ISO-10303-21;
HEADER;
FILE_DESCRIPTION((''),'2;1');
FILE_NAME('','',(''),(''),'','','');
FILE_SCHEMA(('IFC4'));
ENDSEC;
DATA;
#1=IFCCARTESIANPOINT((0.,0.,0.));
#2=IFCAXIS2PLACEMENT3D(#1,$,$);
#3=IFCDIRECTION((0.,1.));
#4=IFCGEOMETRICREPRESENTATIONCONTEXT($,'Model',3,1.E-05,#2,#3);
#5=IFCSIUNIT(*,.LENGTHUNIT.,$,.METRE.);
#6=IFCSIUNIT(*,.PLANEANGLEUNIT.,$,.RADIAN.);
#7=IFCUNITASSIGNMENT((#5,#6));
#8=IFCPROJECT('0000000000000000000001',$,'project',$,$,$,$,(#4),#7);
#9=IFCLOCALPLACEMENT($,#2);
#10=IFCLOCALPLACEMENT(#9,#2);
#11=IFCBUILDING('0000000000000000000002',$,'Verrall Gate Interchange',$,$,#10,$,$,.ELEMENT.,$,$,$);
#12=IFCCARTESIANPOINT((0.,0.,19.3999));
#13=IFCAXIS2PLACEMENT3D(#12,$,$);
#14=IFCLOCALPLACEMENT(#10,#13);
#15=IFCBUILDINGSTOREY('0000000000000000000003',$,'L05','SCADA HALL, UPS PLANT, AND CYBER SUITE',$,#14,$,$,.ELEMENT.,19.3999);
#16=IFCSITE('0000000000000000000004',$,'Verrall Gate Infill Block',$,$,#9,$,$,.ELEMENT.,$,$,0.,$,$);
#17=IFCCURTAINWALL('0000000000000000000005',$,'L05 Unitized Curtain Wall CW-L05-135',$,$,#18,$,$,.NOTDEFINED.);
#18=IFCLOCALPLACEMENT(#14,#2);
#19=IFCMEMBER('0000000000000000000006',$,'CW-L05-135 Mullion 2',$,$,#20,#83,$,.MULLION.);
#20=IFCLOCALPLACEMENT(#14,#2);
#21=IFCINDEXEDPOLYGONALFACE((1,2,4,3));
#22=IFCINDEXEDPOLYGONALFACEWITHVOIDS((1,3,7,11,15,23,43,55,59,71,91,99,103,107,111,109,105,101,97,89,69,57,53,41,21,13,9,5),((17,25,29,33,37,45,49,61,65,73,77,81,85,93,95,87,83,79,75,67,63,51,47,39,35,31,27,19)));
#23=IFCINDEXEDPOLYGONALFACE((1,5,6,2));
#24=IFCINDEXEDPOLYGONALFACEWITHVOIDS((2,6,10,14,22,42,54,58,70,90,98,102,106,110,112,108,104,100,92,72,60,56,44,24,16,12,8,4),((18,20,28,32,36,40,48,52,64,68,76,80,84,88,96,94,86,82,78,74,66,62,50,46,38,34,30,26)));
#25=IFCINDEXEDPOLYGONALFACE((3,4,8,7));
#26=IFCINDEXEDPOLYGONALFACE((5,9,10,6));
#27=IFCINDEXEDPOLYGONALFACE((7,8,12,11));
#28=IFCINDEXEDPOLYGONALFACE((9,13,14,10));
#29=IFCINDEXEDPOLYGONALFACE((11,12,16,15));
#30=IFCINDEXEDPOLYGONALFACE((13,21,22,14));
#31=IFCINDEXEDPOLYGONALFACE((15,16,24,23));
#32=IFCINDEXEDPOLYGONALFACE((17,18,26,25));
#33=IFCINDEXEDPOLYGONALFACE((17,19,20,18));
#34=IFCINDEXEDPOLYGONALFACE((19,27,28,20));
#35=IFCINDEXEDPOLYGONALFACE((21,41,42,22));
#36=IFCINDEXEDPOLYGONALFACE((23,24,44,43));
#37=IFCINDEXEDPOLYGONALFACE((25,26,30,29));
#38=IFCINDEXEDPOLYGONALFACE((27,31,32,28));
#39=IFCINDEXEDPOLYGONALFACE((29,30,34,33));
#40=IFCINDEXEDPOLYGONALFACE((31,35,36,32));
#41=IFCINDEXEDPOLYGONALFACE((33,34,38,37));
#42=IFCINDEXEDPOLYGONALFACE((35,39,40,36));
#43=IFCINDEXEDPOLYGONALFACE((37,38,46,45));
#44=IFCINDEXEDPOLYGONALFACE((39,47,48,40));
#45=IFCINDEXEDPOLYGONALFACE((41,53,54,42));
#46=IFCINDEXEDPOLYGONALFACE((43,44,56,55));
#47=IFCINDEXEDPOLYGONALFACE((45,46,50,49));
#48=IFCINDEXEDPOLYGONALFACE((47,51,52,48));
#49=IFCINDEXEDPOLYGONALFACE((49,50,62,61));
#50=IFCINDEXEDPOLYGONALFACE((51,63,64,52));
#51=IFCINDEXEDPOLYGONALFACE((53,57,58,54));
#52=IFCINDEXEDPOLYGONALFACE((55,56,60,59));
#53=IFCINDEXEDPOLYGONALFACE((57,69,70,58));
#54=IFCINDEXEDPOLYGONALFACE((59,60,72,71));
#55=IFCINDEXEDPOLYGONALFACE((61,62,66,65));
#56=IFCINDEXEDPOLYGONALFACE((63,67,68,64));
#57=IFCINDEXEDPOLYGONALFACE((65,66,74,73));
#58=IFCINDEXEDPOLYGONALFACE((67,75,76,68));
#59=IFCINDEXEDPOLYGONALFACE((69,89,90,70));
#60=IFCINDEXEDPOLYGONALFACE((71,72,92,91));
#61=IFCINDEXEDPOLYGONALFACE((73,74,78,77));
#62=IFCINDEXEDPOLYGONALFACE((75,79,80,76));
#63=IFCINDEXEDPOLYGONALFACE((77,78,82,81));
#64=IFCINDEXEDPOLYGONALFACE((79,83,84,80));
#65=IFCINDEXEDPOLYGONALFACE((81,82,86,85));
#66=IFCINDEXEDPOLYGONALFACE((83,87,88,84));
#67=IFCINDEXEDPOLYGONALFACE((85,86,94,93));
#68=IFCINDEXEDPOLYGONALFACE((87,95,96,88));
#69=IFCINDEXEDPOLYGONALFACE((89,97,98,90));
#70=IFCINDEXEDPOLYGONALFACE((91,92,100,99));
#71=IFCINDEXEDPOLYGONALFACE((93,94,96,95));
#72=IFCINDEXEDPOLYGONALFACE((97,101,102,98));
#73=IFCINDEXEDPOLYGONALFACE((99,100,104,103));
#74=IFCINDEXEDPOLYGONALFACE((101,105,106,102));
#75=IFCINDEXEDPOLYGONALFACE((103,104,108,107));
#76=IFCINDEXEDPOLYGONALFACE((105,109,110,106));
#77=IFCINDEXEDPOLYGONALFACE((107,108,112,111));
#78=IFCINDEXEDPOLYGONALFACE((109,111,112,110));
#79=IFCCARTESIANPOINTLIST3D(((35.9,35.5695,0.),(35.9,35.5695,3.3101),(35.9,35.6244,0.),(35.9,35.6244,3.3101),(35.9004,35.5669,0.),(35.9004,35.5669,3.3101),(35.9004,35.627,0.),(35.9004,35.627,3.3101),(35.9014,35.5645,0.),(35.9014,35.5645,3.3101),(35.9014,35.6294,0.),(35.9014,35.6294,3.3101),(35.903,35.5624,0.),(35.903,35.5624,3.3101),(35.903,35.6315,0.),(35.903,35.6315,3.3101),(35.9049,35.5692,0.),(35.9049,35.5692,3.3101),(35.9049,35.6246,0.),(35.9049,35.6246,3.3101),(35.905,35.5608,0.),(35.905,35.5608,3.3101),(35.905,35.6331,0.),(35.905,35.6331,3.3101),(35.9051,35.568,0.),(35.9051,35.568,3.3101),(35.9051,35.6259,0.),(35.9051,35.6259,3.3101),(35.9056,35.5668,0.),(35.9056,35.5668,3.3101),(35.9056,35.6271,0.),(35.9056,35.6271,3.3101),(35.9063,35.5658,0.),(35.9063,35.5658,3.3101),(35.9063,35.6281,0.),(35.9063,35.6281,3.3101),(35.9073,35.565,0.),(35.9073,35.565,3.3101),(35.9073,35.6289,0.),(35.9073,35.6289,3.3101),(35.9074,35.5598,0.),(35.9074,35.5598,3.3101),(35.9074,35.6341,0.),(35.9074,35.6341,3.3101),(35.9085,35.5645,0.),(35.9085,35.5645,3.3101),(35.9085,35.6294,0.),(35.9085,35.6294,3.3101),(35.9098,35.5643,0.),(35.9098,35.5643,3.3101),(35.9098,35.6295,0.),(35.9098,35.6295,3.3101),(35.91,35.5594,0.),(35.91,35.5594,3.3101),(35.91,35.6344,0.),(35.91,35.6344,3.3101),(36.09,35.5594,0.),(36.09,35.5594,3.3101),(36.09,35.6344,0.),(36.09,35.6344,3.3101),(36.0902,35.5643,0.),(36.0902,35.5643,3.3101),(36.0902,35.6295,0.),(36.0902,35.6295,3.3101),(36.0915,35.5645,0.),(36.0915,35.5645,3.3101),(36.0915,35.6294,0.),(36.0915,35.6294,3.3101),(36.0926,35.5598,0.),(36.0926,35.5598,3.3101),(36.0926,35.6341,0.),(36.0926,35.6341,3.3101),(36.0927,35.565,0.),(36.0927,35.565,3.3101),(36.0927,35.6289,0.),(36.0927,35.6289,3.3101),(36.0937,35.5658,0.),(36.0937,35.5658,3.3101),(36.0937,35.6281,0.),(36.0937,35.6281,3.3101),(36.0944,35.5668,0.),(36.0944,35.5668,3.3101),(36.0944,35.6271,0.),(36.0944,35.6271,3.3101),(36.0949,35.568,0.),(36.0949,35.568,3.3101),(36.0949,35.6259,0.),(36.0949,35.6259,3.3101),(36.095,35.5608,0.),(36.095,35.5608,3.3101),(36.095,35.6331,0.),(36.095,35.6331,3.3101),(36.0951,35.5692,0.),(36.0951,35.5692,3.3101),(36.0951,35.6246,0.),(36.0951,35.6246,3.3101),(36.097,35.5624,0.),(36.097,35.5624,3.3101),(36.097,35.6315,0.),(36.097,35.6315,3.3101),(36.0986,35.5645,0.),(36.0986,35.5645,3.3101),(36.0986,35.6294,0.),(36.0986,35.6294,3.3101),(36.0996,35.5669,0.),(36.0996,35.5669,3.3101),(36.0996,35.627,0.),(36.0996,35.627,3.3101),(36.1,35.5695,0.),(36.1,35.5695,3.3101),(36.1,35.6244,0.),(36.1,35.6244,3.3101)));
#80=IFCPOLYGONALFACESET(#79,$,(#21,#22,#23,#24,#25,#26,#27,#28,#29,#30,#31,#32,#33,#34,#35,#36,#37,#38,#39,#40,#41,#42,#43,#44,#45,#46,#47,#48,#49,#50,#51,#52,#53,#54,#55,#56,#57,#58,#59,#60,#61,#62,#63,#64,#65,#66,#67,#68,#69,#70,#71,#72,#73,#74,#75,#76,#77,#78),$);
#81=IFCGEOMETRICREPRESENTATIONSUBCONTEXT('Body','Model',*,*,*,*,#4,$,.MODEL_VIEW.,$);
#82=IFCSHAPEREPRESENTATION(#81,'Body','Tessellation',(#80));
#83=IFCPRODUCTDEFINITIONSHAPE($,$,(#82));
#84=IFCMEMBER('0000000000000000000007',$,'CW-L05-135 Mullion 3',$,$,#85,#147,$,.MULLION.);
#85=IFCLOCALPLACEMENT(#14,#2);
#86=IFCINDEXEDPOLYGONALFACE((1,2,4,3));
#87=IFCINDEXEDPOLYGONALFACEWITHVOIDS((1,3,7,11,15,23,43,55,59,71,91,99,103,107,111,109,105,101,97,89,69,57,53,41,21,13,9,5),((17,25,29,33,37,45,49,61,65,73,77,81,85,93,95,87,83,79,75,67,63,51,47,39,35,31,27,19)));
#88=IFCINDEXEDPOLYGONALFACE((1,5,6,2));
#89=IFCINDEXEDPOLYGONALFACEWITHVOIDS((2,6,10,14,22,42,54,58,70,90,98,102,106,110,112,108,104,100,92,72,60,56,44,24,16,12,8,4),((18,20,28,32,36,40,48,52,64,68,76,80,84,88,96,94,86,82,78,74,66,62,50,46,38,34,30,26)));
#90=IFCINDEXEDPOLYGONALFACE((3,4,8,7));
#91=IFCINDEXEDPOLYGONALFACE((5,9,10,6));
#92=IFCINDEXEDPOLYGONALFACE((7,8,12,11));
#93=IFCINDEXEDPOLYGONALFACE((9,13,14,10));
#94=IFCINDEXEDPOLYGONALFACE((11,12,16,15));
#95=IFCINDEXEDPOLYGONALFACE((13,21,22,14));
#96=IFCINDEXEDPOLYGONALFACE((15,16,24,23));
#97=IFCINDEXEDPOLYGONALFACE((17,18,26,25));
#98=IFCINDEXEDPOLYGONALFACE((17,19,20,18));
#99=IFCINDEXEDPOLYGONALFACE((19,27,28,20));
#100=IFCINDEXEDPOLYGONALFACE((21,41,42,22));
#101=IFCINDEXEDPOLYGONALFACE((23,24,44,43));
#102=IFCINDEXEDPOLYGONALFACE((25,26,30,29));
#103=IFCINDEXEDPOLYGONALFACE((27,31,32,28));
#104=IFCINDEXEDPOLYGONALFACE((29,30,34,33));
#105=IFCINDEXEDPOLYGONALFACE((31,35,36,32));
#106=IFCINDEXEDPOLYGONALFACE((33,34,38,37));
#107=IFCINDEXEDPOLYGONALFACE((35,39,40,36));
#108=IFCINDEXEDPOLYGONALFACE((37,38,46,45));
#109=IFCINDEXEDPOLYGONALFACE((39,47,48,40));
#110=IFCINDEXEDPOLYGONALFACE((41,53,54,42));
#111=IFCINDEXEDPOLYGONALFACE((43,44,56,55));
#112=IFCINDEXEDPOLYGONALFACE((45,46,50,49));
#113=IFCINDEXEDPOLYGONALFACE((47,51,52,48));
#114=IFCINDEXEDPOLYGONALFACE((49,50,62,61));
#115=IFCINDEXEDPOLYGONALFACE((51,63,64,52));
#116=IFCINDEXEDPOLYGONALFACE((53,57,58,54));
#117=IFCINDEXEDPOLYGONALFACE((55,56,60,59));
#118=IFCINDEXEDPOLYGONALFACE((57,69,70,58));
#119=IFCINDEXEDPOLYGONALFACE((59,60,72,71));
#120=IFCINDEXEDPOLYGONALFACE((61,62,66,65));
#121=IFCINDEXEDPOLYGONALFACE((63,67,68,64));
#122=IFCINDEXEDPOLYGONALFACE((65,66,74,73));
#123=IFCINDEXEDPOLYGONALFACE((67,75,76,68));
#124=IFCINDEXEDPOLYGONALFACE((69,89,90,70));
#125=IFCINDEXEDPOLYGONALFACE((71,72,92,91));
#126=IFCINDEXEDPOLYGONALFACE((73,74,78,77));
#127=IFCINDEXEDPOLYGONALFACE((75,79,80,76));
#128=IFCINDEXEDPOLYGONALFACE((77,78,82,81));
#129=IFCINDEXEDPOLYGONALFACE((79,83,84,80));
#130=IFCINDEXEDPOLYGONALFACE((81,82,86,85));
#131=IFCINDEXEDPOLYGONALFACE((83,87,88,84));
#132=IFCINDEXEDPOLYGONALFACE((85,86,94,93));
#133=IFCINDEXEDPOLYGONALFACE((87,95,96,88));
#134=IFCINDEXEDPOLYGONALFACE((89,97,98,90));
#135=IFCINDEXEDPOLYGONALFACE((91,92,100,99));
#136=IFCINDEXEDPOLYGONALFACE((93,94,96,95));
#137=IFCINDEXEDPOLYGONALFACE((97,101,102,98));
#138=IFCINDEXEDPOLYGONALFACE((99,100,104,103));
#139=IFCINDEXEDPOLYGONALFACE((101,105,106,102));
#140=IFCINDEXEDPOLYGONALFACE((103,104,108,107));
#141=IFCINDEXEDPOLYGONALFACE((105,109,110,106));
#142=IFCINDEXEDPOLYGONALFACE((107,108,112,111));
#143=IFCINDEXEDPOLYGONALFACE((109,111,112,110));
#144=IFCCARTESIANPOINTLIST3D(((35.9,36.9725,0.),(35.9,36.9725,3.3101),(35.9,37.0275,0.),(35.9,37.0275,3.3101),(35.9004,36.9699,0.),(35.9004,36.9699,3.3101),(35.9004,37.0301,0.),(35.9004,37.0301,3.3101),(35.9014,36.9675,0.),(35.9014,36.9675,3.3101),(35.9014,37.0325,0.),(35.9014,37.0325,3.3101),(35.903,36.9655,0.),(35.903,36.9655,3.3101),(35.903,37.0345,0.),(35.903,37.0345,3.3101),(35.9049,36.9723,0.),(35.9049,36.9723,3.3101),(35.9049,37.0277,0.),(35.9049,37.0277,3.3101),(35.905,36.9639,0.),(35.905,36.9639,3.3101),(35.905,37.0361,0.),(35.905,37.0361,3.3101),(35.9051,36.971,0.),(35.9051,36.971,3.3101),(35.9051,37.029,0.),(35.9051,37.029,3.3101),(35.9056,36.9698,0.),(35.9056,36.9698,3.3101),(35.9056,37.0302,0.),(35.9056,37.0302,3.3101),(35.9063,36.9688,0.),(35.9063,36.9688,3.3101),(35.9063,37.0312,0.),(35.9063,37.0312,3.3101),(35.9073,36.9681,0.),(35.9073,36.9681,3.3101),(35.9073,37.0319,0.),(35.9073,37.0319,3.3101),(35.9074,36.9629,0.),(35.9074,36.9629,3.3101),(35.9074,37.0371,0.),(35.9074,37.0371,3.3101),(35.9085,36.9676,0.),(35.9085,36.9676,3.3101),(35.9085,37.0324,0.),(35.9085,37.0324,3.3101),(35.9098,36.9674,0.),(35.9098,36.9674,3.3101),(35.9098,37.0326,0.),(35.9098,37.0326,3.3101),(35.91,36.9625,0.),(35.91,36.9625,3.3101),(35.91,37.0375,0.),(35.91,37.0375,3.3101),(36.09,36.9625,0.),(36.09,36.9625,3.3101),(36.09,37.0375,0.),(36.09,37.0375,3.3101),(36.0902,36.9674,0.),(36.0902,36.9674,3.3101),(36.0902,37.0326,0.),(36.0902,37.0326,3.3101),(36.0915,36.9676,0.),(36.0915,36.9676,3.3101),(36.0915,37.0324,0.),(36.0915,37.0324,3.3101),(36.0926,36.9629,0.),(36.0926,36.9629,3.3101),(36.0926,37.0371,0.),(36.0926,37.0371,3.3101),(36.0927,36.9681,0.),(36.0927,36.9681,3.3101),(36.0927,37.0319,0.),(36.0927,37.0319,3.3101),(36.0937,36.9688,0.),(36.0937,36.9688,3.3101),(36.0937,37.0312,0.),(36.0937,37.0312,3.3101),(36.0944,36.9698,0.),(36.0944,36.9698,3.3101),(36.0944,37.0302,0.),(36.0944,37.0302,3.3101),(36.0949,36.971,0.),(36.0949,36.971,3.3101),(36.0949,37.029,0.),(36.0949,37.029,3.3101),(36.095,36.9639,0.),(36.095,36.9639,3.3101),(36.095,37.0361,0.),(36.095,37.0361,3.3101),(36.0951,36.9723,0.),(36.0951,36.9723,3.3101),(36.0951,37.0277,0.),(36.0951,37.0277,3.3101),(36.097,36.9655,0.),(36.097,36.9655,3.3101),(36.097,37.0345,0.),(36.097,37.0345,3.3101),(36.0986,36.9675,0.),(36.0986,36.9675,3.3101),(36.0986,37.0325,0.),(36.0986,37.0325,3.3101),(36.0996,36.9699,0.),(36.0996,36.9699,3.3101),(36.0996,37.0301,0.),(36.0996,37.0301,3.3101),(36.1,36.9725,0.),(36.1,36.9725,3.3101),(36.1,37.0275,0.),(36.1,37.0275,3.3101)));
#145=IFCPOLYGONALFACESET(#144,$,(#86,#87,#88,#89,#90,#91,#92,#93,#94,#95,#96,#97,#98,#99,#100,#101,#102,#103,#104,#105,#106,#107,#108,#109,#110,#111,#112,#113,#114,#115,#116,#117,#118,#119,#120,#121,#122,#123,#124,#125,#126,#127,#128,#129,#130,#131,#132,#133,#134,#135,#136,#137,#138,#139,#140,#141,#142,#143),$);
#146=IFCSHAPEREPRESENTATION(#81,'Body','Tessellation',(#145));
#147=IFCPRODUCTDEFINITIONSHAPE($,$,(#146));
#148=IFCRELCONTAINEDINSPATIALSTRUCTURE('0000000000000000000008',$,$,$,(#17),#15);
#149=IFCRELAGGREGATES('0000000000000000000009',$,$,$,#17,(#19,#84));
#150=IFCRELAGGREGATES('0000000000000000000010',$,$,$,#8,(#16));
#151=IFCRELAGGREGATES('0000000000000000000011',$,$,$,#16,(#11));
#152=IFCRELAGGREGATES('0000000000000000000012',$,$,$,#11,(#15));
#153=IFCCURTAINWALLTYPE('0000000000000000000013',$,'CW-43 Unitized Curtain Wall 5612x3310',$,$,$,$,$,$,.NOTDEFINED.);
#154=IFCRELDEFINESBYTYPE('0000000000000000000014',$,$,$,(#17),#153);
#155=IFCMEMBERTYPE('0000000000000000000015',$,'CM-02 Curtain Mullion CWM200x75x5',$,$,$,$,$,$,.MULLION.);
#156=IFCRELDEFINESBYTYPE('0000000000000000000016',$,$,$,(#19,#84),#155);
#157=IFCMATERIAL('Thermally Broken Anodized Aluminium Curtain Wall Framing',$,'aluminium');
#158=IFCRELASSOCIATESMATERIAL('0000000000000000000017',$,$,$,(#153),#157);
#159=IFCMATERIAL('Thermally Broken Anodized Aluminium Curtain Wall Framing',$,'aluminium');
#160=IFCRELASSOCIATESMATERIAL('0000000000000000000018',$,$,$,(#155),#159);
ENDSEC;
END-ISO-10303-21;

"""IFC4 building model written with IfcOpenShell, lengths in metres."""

from ifc_helpers import new_model, si_unit, direction, frame, origin, origin_2d, place, context, subcontext, project, spatial, hollow_rectangle, extrude, material, material_profile, profile_set, type_object, element, aggregate, save


model = new_model("IFC4")

# Units and contexts
model_context = context("Model", 3, precision=1e-05, world=origin(), true_north=direction((0.0, 1.0)))
body_context = subcontext(model_context, "Body", "Model", "MODEL_VIEW")
ifc_project = project(units=[si_unit("LENGTHUNIT", "METRE"), si_unit("PLANEANGLEUNIT", "RADIAN")], contexts=[model_context])

# Site, building, storey
site_placement = place(None, origin())
site = spatial("IfcSite", under=ifc_project, at=site_placement, Name="Verrall Gate Infill Block", CompositionType="ELEMENT", RefElevation=0.0)
building_placement = place(site_placement, origin())
building = spatial("IfcBuilding", under=site, at=building_placement, Name="Verrall Gate Interchange", CompositionType="ELEMENT")
storey_placement = place(building_placement, frame((0.0, 0.0, 19.3999)))
storey = spatial("IfcBuildingStorey", under=building, at=storey_placement, Name="L05", Description="SCADA HALL, UPS PLANT, AND CYBER SUITE", CompositionType="ELEMENT", Elevation=19.3999)

# Curtain wall, members
ifc_material_1 = material(Name="Thermally Broken Anodized Aluminium Curtain Wall Framing", Category="aluminium")
curtain_wall_type_1 = type_object("IfcCurtainWallType", Name="CW-43 Unitized Curtain Wall 5612x3310", PredefinedType="NOTDEFINED", material=ifc_material_1)
curtain_wall_1_placement = place(storey_placement, origin())
curtain_wall_1 = element("IfcCurtainWall", 1, at=curtain_wall_1_placement, inside=storey, type_object=curtain_wall_type_1, Name="L05 Unitized Curtain Wall CW-L05-135", PredefinedType="NOTDEFINED")
ifc_material_2 = material(Name="Thermally Broken Anodized Aluminium Curtain Wall Framing", Category="aluminium")
ifc_material_profile_1 = material_profile(ifc_material_2, hollow_rectangle(XDim=0.075, YDim=0.2, WallThickness=0.0049, InnerFilletRadius=0.0049, OuterFilletRadius=0.01, at=origin_2d()), Name="CWM200x75x5")
ifc_profile_set_1 = profile_set([ifc_material_profile_1], Name="Thermally Broken Anodized Aluminium Curtain Wall Framing")
member_type_1 = type_object("IfcMemberType", Name="CM-02 Curtain Mullion CWM200x75x5", PredefinedType="MULLION", material=ifc_profile_set_1)
member_1_placement = place(storey_placement, frame((36.0, 35.5969, 0.0), z_axis=(0.0, 0.0, 1.0), x_axis=(0.0, 1.0, 0.0)))
member_1 = element("IfcMember", 2, at=member_1_placement, type_object=member_type_1, Name="CW-L05-135 Mullion 2", PredefinedType="MULLION", context=body_context, shape_type="SweptSolid", body=[
    extrude(hollow_rectangle(XDim=0.075, YDim=0.2, WallThickness=0.0049, InnerFilletRadius=0.0049, OuterFilletRadius=0.01, at=origin_2d()), origin(), (0.0, 0.0, 1.0), 3.3101),
])
member_2_placement = place(storey_placement, frame((36.0, 37.0, 0.0), z_axis=(0.0, 0.0, 1.0), x_axis=(0.0, 1.0, 0.0)))
member_2 = element("IfcMember", 3, at=member_2_placement, type_object=member_type_1, Name="CW-L05-135 Mullion 3", PredefinedType="MULLION", context=body_context, shape_type="SweptSolid", body=[
    extrude(hollow_rectangle(XDim=0.075, YDim=0.2, WallThickness=0.0049, InnerFilletRadius=0.0049, OuterFilletRadius=0.01, at=origin_2d()), origin(), (0.0, 0.0, 1.0), 3.3101),
])

aggregate(curtain_wall_1, [member_1, member_2])

save(model, "model.ifc")
